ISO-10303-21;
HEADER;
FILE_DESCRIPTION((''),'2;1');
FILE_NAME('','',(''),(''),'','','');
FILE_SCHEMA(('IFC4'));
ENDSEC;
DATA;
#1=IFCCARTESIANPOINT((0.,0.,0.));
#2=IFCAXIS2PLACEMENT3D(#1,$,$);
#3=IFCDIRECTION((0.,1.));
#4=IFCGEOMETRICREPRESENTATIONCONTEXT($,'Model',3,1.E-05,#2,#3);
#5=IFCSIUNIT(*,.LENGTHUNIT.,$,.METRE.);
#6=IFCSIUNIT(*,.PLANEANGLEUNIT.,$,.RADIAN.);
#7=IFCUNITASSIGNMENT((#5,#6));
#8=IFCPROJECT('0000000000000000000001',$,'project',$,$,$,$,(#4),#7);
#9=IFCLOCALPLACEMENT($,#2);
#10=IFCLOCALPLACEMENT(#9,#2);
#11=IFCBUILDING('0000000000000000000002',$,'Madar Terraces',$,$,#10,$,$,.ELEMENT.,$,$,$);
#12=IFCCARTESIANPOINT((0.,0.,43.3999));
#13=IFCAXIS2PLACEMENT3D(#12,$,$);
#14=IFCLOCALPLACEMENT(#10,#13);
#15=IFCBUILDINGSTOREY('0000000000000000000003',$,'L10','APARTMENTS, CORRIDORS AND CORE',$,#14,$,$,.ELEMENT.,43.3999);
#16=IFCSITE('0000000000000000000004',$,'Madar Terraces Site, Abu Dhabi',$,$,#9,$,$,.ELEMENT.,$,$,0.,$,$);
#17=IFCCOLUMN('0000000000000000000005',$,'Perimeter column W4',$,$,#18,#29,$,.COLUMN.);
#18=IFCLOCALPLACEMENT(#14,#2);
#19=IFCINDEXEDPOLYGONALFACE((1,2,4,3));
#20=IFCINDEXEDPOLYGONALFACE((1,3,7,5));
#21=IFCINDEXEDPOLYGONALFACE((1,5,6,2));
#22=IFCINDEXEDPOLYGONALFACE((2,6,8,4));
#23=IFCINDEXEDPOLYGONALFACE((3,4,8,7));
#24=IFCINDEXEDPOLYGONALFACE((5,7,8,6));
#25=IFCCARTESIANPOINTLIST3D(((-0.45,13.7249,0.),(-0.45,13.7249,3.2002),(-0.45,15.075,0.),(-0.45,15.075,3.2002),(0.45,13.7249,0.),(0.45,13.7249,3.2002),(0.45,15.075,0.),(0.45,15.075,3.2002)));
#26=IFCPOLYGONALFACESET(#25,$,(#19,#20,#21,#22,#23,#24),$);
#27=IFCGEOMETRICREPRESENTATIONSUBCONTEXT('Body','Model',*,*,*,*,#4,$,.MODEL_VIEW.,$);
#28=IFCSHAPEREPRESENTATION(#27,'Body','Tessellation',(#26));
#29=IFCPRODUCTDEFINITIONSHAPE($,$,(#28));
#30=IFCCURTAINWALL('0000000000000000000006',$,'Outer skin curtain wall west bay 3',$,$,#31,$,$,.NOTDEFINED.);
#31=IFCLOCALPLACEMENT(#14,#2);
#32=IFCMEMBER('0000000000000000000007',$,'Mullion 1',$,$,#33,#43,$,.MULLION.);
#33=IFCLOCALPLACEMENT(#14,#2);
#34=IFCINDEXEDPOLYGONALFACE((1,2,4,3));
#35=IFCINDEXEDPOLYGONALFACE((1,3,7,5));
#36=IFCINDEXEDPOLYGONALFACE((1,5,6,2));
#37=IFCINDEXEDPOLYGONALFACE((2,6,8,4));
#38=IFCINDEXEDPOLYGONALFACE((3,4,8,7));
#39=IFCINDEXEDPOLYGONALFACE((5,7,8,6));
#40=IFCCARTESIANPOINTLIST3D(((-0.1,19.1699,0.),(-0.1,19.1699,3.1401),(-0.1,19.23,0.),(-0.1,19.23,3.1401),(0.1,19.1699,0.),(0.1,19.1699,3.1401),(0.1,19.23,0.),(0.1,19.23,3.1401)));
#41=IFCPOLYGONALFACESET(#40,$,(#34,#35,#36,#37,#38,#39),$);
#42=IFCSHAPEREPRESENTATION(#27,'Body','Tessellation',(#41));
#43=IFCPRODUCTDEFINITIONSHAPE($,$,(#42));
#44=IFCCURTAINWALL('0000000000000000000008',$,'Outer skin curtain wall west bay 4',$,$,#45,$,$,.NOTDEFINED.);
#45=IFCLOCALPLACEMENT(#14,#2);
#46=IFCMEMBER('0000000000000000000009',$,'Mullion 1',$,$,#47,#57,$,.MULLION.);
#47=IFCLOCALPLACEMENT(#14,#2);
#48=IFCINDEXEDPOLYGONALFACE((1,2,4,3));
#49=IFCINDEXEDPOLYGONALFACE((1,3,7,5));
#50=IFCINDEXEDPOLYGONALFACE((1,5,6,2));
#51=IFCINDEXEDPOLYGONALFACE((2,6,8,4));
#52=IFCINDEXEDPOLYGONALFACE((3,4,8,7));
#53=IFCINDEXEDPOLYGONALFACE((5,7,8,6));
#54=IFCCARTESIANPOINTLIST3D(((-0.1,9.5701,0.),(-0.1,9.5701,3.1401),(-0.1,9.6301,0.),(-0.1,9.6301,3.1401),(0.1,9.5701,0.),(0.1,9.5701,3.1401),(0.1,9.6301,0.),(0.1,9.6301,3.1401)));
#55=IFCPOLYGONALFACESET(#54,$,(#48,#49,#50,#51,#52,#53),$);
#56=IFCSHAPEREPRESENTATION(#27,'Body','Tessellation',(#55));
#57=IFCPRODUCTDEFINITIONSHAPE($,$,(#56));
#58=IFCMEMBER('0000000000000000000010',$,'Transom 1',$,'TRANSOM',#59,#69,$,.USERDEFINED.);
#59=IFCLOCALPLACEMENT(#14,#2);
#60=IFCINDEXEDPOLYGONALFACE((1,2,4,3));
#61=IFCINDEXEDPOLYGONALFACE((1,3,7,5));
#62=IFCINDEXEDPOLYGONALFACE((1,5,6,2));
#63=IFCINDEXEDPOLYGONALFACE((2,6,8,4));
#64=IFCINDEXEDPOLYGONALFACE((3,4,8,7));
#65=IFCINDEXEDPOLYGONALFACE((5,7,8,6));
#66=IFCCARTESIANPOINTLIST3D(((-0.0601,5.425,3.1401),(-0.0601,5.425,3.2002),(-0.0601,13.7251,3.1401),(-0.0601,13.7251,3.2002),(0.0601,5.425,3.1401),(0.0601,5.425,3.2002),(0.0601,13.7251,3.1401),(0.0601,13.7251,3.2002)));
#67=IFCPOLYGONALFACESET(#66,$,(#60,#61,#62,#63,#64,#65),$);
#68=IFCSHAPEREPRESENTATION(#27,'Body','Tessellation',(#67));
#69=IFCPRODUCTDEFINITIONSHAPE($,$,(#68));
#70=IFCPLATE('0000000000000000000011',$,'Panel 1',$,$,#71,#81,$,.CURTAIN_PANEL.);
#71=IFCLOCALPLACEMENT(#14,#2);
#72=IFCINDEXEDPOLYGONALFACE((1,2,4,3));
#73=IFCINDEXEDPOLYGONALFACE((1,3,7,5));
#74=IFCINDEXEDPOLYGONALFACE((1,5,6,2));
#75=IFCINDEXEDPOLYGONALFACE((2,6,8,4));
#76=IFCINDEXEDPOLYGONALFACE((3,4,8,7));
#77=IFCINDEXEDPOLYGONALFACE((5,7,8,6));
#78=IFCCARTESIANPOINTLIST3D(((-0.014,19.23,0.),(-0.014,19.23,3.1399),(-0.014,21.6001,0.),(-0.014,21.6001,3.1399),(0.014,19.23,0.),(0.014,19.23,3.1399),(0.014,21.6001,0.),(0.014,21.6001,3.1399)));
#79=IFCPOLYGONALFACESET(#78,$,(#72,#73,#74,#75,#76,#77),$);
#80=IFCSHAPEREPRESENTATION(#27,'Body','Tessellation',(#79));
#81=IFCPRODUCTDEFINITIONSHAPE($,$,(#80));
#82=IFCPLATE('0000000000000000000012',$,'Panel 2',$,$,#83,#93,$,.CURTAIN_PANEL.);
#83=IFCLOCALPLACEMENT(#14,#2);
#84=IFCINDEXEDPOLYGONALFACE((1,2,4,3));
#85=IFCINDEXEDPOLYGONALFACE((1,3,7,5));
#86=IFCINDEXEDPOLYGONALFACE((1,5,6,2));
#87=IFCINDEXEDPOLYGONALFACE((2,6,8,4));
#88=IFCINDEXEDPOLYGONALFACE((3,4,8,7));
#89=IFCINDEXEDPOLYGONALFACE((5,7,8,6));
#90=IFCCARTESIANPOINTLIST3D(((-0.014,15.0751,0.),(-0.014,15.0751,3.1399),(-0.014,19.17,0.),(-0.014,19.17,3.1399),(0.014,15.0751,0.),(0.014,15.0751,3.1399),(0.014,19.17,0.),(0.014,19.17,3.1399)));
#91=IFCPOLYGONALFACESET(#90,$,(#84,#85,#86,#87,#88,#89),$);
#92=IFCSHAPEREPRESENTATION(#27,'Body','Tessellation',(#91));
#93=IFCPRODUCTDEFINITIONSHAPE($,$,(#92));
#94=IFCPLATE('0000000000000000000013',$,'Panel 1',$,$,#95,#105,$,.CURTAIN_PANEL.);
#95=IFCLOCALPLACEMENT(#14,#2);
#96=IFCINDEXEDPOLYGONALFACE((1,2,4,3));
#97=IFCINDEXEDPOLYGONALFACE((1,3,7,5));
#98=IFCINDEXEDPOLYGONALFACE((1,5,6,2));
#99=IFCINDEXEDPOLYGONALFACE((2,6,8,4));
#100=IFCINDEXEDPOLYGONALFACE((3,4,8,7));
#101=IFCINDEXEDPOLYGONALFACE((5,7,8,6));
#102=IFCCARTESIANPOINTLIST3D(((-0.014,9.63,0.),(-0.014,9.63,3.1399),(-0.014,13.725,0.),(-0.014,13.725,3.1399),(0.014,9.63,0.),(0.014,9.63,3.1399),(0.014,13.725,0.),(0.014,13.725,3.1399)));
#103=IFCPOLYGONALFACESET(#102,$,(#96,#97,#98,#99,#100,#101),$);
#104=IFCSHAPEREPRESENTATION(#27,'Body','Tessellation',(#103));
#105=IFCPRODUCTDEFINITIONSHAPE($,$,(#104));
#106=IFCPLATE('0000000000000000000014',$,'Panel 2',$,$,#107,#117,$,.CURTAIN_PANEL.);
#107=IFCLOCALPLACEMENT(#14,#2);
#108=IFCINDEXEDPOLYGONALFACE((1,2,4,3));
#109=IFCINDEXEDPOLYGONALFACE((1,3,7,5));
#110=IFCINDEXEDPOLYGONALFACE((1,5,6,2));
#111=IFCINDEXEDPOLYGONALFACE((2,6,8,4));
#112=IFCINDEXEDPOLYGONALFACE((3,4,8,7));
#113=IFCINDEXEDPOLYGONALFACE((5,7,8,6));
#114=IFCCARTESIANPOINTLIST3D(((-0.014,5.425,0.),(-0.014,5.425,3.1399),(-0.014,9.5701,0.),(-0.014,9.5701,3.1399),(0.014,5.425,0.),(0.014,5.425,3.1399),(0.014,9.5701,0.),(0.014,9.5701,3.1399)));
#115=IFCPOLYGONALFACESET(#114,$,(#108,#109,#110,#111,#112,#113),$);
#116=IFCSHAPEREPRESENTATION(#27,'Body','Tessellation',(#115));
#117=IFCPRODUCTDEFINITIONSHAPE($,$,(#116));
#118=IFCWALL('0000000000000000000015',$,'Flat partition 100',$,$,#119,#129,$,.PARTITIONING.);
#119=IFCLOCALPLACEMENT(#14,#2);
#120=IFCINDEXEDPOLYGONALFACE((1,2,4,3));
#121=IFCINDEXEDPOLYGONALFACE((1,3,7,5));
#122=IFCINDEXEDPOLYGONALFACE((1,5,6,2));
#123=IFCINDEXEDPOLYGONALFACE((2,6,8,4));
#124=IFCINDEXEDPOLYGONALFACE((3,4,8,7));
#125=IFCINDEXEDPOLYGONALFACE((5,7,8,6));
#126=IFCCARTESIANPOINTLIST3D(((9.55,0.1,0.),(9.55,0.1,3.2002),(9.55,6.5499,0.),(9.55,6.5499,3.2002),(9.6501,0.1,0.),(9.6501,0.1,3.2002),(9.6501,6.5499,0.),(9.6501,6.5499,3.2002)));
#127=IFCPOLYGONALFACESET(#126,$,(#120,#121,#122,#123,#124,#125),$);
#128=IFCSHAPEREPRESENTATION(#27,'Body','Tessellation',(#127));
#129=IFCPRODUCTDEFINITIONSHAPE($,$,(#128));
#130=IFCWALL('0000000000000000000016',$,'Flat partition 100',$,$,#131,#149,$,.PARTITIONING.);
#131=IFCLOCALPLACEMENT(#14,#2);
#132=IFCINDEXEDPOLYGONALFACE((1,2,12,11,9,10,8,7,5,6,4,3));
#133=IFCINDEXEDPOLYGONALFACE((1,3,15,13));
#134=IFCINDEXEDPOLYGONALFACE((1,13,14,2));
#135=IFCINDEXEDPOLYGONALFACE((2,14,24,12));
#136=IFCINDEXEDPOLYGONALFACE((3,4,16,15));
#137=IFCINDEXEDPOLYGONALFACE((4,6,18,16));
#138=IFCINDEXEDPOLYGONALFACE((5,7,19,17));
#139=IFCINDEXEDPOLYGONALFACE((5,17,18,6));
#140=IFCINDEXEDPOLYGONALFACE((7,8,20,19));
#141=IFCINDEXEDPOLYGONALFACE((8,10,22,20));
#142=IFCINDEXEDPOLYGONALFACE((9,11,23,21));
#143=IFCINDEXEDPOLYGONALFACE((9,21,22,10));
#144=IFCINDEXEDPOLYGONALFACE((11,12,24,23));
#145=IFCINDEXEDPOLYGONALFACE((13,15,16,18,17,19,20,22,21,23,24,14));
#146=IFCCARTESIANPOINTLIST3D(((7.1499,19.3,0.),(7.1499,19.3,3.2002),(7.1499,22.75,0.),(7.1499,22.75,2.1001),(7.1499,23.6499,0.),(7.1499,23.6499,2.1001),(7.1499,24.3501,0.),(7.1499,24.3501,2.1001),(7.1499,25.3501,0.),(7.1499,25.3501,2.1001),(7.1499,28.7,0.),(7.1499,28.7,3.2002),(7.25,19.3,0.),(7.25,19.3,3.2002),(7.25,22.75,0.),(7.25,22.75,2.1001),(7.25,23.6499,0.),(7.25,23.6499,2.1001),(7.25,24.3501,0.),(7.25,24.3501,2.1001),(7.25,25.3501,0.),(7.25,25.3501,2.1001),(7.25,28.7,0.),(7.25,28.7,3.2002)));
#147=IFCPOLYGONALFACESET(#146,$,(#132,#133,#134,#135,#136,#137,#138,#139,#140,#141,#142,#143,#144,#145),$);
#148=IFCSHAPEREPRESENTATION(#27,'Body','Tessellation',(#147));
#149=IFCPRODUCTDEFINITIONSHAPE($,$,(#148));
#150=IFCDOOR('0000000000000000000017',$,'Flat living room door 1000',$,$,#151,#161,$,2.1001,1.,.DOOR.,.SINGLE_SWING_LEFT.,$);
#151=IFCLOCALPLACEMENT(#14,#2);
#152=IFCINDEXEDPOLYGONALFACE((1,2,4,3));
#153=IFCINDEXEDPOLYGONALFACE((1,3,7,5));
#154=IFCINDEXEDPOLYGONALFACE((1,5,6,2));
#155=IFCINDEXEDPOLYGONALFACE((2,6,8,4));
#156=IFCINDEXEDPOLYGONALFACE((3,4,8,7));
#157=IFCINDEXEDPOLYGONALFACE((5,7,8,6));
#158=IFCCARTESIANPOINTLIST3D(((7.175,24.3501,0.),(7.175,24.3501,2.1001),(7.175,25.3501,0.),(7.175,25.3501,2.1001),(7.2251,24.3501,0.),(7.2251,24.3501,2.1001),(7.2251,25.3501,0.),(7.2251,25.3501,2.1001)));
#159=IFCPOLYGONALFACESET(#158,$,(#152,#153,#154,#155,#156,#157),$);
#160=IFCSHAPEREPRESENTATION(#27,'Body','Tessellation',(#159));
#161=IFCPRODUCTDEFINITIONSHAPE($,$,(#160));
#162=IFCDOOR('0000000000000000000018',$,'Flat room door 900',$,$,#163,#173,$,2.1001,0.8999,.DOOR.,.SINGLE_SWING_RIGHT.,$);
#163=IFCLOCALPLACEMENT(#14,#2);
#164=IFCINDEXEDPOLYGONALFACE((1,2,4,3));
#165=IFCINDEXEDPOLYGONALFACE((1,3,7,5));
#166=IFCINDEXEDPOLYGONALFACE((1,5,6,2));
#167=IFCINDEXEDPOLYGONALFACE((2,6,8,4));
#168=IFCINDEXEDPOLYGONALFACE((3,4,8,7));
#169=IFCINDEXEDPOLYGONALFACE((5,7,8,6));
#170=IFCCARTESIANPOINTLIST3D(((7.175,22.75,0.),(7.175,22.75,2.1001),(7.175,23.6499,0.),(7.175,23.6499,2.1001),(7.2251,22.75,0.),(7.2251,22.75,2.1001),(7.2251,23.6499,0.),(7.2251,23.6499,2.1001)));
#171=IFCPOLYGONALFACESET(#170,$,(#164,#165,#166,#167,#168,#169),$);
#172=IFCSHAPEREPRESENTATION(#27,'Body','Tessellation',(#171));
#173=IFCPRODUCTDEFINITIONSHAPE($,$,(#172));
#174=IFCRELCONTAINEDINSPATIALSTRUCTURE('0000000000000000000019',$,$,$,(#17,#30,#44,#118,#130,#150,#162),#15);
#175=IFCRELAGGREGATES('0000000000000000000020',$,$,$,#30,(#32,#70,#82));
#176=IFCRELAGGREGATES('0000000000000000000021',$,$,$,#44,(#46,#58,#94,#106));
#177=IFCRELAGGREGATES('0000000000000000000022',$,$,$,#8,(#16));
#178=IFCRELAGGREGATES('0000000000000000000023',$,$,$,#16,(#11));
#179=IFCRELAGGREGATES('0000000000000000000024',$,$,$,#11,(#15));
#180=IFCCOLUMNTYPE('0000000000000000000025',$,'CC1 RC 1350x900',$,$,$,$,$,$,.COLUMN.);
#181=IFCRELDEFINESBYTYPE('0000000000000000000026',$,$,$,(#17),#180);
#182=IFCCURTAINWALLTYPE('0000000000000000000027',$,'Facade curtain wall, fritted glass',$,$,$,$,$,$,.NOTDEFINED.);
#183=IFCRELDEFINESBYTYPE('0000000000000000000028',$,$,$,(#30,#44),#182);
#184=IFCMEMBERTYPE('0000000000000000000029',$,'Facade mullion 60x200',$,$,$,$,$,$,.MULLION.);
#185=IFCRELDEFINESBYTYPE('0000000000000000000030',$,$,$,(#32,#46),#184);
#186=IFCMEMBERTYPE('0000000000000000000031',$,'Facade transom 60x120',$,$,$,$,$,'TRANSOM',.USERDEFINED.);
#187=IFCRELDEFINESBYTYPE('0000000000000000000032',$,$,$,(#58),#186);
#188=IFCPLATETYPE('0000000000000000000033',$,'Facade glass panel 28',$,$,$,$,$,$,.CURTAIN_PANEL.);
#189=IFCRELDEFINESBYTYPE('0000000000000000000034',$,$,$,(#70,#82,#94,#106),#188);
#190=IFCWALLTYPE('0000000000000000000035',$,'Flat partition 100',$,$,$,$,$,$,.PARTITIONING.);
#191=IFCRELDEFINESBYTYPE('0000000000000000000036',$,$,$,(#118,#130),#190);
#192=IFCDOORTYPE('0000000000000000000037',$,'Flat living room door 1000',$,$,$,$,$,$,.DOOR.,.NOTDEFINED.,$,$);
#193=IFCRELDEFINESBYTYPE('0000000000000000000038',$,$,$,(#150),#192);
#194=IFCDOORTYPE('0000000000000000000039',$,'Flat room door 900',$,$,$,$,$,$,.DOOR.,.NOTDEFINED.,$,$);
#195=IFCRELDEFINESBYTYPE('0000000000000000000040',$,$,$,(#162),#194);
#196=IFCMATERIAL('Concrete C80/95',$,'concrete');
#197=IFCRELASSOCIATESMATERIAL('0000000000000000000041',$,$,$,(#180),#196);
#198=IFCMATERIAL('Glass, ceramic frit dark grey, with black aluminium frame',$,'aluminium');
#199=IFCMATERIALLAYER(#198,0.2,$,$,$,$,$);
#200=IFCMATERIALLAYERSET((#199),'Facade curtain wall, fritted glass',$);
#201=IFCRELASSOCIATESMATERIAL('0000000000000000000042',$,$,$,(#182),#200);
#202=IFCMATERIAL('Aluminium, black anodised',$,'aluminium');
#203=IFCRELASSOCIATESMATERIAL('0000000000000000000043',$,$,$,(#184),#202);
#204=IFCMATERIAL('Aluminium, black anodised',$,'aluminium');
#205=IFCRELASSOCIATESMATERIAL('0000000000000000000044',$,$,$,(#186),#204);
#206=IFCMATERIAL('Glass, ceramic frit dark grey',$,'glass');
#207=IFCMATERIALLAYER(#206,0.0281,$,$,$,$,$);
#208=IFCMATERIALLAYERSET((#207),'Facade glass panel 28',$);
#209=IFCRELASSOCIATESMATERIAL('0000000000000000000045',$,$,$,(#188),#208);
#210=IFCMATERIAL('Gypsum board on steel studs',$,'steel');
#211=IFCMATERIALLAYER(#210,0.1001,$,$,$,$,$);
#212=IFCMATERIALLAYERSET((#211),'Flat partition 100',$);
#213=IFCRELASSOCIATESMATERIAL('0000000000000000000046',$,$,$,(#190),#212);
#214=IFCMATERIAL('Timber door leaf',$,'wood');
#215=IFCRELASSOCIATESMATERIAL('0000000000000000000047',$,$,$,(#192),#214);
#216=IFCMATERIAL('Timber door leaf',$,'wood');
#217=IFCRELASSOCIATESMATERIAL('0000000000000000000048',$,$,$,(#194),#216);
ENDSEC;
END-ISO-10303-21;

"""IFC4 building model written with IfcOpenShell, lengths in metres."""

from ifc_helpers import new_model, si_unit, direction, frame, frame_2d, origin, origin_2d, place, context, subcontext, project, spatial, rectangle, extrude, material, layer, layer_set, material_profile, profile_set, type_object, element, fill, aggregate, save


model = new_model("IFC4")

# Units and contexts
model_context = context("Model", 3, precision=1e-05, world=origin(), true_north=direction((0.0, 1.0)))
body_context = subcontext(model_context, "Body", "Model", "MODEL_VIEW")
ifc_project = project(units=[si_unit("LENGTHUNIT", "METRE"), si_unit("PLANEANGLEUNIT", "RADIAN")], contexts=[model_context])

# Site, building, storey
site_placement = place(None, origin())
site = spatial("IfcSite", under=ifc_project, at=site_placement, Name="Madar Terraces Site, Abu Dhabi", CompositionType="ELEMENT", RefElevation=0.0)
building_placement = place(site_placement, origin())
building = spatial("IfcBuilding", under=site, at=building_placement, Name="Madar Terraces", CompositionType="ELEMENT")
storey_placement = place(building_placement, frame((0.0, 0.0, 43.3999)))
storey = spatial("IfcBuildingStorey", under=building, at=storey_placement, Name="L10", Description="APARTMENTS, CORRIDORS AND CORE", CompositionType="ELEMENT", Elevation=43.3999)

# Column
ifc_material_1 = material(Name="Concrete C80/95", Category="concrete")
ifc_material_profile_1 = material_profile(ifc_material_1, rectangle(XDim=1.3501, YDim=0.8999, at=origin_2d()), Name="CC1 RC 1350x900")
ifc_profile_set_1 = profile_set([ifc_material_profile_1], Name="Concrete C80/95")
column_type = type_object("IfcColumnType", Name="CC1 RC 1350x900", PredefinedType="COLUMN", material=ifc_profile_set_1)
column_placement = place(storey_placement, frame((0.0, 14.3999, 0.0), z_axis=(0.0, 0.0, 1.0), x_axis=(0.0, 1.0, 0.0)))
element("IfcColumn", 1, at=column_placement, inside=storey, type_object=column_type, Name="Perimeter column W4", PredefinedType="COLUMN", context=body_context, shape_type="SweptSolid", body=[
    extrude(rectangle(XDim=1.3501, YDim=0.8999, at=origin_2d()), origin(), (0.0, 0.0, 1.0), 3.2002),
])

# Curtain wall, member
ifc_material_2 = material(Name="Glass, ceramic frit dark grey, with black aluminium frame", Category="aluminium")
ifc_layer_1 = layer(ifc_material_2, 0.2)
ifc_layer_set_1 = layer_set([ifc_layer_1], Name="Facade curtain wall, fritted glass")
curtain_wall_type = type_object("IfcCurtainWallType", Name="Facade curtain wall, fritted glass", PredefinedType="NOTDEFINED", material=ifc_layer_set_1)
curtain_wall_1_placement = place(storey_placement, origin())
curtain_wall_1 = element("IfcCurtainWall", 2, at=curtain_wall_1_placement, inside=storey, type_object=curtain_wall_type, Name="Outer skin curtain wall west bay 3", PredefinedType="NOTDEFINED")
ifc_material_3 = material(Name="Aluminium, black anodised", Category="aluminium")
ifc_material_profile_2 = material_profile(ifc_material_3, rectangle(XDim=0.2, YDim=0.0601, at=origin_2d()), Name="Facade mullion 60x200")
ifc_profile_set_2 = profile_set([ifc_material_profile_2], Name="Aluminium, black anodised")
member_type_1 = type_object("IfcMemberType", Name="Facade mullion 60x200", PredefinedType="MULLION", material=ifc_profile_set_2)
member_1_placement = place(storey_placement, frame((0.0, 19.2, 0.0), z_axis=(0.0, 0.0, 1.0), x_axis=(1.0, 0.0, 0.0)))
member_1 = element("IfcMember", 3, at=member_1_placement, type_object=member_type_1, Name="Mullion 1", PredefinedType="MULLION", context=body_context, shape_type="SweptSolid", body=[
    extrude(rectangle(XDim=0.2, YDim=0.0601, at=origin_2d()), origin(), (0.0, 0.0, 1.0), 3.1401),
])

# Curtain wall, members
curtain_wall_2_placement = place(storey_placement, origin())
curtain_wall_2 = element("IfcCurtainWall", 4, at=curtain_wall_2_placement, inside=storey, type_object=curtain_wall_type, Name="Outer skin curtain wall west bay 4", PredefinedType="NOTDEFINED")
member_2_placement = place(storey_placement, frame((0.0, 9.6001, 0.0), z_axis=(0.0, 0.0, 1.0), x_axis=(1.0, 0.0, 0.0)))
member_2 = element("IfcMember", 5, at=member_2_placement, type_object=member_type_1, Name="Mullion 1", PredefinedType="MULLION", context=body_context, shape_type="SweptSolid", body=[
    extrude(rectangle(XDim=0.2, YDim=0.0601, at=origin_2d()), origin(), (0.0, 0.0, 1.0), 3.1401),
])
ifc_material_4 = material(Name="Aluminium, black anodised", Category="aluminium")
ifc_material_profile_3 = material_profile(ifc_material_4, rectangle(XDim=0.1201, YDim=0.0601, at=origin_2d()), Name="Facade transom 60x120")
ifc_profile_set_3 = profile_set([ifc_material_profile_3], Name="Aluminium, black anodised")
member_type_2 = type_object("IfcMemberType", Name="Facade transom 60x120", ElementType="TRANSOM", PredefinedType="USERDEFINED", material=ifc_profile_set_3)
member_3_placement = place(storey_placement, frame((0.0, 13.7251, 3.1702), z_axis=(0.0, -1.0, 0.0), x_axis=(1.0, 0.0, 0.0)))
member_3 = element("IfcMember", 6, at=member_3_placement, type_object=member_type_2, Name="Transom 1", ObjectType="TRANSOM", PredefinedType="USERDEFINED", context=body_context, shape_type="SweptSolid", body=[
    extrude(rectangle(XDim=0.1201, YDim=0.0601, at=origin_2d()), origin(), (0.0, 0.0, 1.0), 8.3),
])

# Plates
ifc_material_5 = material(Name="Glass, ceramic frit dark grey", Category="glass")
ifc_layer_2 = layer(ifc_material_5, 0.0281)
ifc_layer_set_2 = layer_set([ifc_layer_2], Name="Facade glass panel 28")
plate_type = type_object("IfcPlateType", Name="Facade glass panel 28", PredefinedType="CURTAIN_PANEL", material=ifc_layer_set_2)
plate_1_placement = place(storey_placement, frame((0.0, 20.415, 0.0), z_axis=(0.0, 0.0, 1.0), x_axis=(0.0, -1.0, 0.0)))
plate_1 = element("IfcPlate", 7, at=plate_1_placement, type_object=plate_type, Name="Panel 1", PredefinedType="CURTAIN_PANEL", context=body_context, shape_type="SweptSolid", body=[
    extrude(rectangle(XDim=2.3701, YDim=0.0281, at=origin_2d()), origin(), (0.0, 0.0, 1.0), 3.1399),
])
plate_2_placement = place(storey_placement, frame((0.0, 17.1226, 0.0), z_axis=(0.0, 0.0, 1.0), x_axis=(0.0, -1.0, 0.0)))
plate_2 = element("IfcPlate", 8, at=plate_2_placement, type_object=plate_type, Name="Panel 2", PredefinedType="CURTAIN_PANEL", context=body_context, shape_type="SweptSolid", body=[
    extrude(rectangle(XDim=4.095, YDim=0.0281, at=origin_2d()), origin(), (0.0, 0.0, 1.0), 3.1399),
])
aggregate(curtain_wall_1, [member_1, plate_1, plate_2])
plate_3_placement = place(storey_placement, frame((0.0, 11.6775, 0.0), z_axis=(0.0, 0.0, 1.0), x_axis=(0.0, -1.0, 0.0)))
plate_3 = element("IfcPlate", 9, at=plate_3_placement, type_object=plate_type, Name="Panel 1", PredefinedType="CURTAIN_PANEL", context=body_context, shape_type="SweptSolid", body=[
    extrude(rectangle(XDim=4.095, YDim=0.0281, at=origin_2d()), origin(), (0.0, 0.0, 1.0), 3.1399),
])
plate_4_placement = place(storey_placement, frame((0.0, 7.4976, 0.0), z_axis=(0.0, 0.0, 1.0), x_axis=(0.0, -1.0, 0.0)))
plate_4 = element("IfcPlate", 10, at=plate_4_placement, type_object=plate_type, Name="Panel 2", PredefinedType="CURTAIN_PANEL", context=body_context, shape_type="SweptSolid", body=[
    extrude(rectangle(XDim=4.145, YDim=0.0281, at=origin_2d()), origin(), (0.0, 0.0, 1.0), 3.1399),
])
aggregate(curtain_wall_2, [member_2, member_3, plate_3, plate_4])

# Wall
ifc_material_6 = material(Name="Gypsum board on steel studs", Category="steel")
ifc_layer_3 = layer(ifc_material_6, 0.1001)
ifc_layer_set_3 = layer_set([ifc_layer_3], Name="Flat partition 100")
wall_type_1 = type_object("IfcWallType", Name="Flat partition 100", PredefinedType="PARTITIONING", material=ifc_layer_set_3)
wall_1_placement = place(storey_placement, frame((9.6001, 6.55, 0.0), z_axis=(0.0, 0.0, 1.0), x_axis=(0.0, -1.0, 0.0)))
element("IfcWall", 11, at=wall_1_placement, inside=storey, type_object=wall_type_1, Name="Flat partition 100", PredefinedType="PARTITIONING", context=body_context, shape_type="SweptSolid", body=[
    extrude(rectangle(XDim=6.45, YDim=0.1001, at=frame_2d((3.2251, 0.0))), origin(), (0.0, 0.0, 1.0), 3.2002),
])

# Wall, openings, doors
wall_2_placement = place(storey_placement, frame((7.2, 19.3, 0.0), z_axis=(0.0, 0.0, 1.0), x_axis=(0.0, 1.0, 0.0)))
wall_2 = element("IfcWall", 12, at=wall_2_placement, inside=storey, type_object=wall_type_1, Name="Flat partition 100", PredefinedType="PARTITIONING", context=body_context, shape_type="SweptSolid", body=[
    extrude(rectangle(XDim=9.3999, YDim=0.1001, at=frame_2d((4.7, 0.0))), origin(), (0.0, 0.0, 1.0), 3.2002),
])
opening_1_placement = place(wall_2_placement, frame((5.05, 0.0, 0.0)))
opening_1 = element("IfcOpeningElement", 13, at=opening_1_placement, cuts=wall_2, PredefinedType="OPENING", context=body_context, shape_type="SweptSolid", body=[
    extrude(rectangle(XDim=1.0, YDim=2.1001, at=frame_2d((0.5, 1.05))), frame((0.0, 0.0601, 0.0), z_axis=(0.0, -1.0, 0.0), x_axis=(1.0, 0.0, 0.0)), (0.0, 0.0, 1.0), 0.1201),
])
opening_2_placement = place(wall_2_placement, frame((3.45, 0.0, 0.0)))
opening_2 = element("IfcOpeningElement", 14, at=opening_2_placement, cuts=wall_2, PredefinedType="OPENING", context=body_context, shape_type="SweptSolid", body=[
    extrude(rectangle(XDim=0.8999, YDim=2.1001, at=frame_2d((0.45, 1.05))), frame((0.0, 0.0601, 0.0), z_axis=(0.0, -1.0, 0.0), x_axis=(1.0, 0.0, 0.0)), (0.0, 0.0, 1.0), 0.1201),
])
ifc_material_7 = material(Name="Timber door leaf", Category="wood")
door_type_1 = type_object("IfcDoorType", Name="Flat living room door 1000", OperationType="NOTDEFINED", PredefinedType="DOOR", material=ifc_material_7)
door_1_placement = place(opening_1_placement, origin())
door_1 = element("IfcDoor", 15, at=door_1_placement, inside=storey, type_object=door_type_1, Name="Flat living room door 1000", OperationType="SINGLE_SWING_LEFT", OverallHeight=2.1001, OverallWidth=1.0, PredefinedType="DOOR", context=body_context, shape_type="SweptSolid", body=[
    extrude(rectangle(XDim=1.0, YDim=2.1001, at=frame_2d((0.5, 1.05))), frame((0.0, 0.0249, 0.0), z_axis=(0.0, -1.0, 0.0), x_axis=(1.0, 0.0, 0.0)), (0.0, 0.0, 1.0), 0.05),
])
fill(opening_1, door_1)
ifc_material_8 = material(Name="Timber door leaf", Category="wood")
door_type_2 = type_object("IfcDoorType", Name="Flat room door 900", OperationType="NOTDEFINED", PredefinedType="DOOR", material=ifc_material_8)
door_2_placement = place(opening_2_placement, origin())
door_2 = element("IfcDoor", 16, at=door_2_placement, inside=storey, type_object=door_type_2, Name="Flat room door 900", OperationType="SINGLE_SWING_RIGHT", OverallHeight=2.1001, OverallWidth=0.8999, PredefinedType="DOOR", context=body_context, shape_type="SweptSolid", body=[
    extrude(rectangle(XDim=0.8999, YDim=2.1001, at=frame_2d((0.45, 1.05))), frame((0.0, 0.0249, 0.0), z_axis=(0.0, -1.0, 0.0), x_axis=(1.0, 0.0, 0.0)), (0.0, 0.0, 1.0), 0.05),
])
fill(opening_2, door_2)

save(model, "model.ifc")
